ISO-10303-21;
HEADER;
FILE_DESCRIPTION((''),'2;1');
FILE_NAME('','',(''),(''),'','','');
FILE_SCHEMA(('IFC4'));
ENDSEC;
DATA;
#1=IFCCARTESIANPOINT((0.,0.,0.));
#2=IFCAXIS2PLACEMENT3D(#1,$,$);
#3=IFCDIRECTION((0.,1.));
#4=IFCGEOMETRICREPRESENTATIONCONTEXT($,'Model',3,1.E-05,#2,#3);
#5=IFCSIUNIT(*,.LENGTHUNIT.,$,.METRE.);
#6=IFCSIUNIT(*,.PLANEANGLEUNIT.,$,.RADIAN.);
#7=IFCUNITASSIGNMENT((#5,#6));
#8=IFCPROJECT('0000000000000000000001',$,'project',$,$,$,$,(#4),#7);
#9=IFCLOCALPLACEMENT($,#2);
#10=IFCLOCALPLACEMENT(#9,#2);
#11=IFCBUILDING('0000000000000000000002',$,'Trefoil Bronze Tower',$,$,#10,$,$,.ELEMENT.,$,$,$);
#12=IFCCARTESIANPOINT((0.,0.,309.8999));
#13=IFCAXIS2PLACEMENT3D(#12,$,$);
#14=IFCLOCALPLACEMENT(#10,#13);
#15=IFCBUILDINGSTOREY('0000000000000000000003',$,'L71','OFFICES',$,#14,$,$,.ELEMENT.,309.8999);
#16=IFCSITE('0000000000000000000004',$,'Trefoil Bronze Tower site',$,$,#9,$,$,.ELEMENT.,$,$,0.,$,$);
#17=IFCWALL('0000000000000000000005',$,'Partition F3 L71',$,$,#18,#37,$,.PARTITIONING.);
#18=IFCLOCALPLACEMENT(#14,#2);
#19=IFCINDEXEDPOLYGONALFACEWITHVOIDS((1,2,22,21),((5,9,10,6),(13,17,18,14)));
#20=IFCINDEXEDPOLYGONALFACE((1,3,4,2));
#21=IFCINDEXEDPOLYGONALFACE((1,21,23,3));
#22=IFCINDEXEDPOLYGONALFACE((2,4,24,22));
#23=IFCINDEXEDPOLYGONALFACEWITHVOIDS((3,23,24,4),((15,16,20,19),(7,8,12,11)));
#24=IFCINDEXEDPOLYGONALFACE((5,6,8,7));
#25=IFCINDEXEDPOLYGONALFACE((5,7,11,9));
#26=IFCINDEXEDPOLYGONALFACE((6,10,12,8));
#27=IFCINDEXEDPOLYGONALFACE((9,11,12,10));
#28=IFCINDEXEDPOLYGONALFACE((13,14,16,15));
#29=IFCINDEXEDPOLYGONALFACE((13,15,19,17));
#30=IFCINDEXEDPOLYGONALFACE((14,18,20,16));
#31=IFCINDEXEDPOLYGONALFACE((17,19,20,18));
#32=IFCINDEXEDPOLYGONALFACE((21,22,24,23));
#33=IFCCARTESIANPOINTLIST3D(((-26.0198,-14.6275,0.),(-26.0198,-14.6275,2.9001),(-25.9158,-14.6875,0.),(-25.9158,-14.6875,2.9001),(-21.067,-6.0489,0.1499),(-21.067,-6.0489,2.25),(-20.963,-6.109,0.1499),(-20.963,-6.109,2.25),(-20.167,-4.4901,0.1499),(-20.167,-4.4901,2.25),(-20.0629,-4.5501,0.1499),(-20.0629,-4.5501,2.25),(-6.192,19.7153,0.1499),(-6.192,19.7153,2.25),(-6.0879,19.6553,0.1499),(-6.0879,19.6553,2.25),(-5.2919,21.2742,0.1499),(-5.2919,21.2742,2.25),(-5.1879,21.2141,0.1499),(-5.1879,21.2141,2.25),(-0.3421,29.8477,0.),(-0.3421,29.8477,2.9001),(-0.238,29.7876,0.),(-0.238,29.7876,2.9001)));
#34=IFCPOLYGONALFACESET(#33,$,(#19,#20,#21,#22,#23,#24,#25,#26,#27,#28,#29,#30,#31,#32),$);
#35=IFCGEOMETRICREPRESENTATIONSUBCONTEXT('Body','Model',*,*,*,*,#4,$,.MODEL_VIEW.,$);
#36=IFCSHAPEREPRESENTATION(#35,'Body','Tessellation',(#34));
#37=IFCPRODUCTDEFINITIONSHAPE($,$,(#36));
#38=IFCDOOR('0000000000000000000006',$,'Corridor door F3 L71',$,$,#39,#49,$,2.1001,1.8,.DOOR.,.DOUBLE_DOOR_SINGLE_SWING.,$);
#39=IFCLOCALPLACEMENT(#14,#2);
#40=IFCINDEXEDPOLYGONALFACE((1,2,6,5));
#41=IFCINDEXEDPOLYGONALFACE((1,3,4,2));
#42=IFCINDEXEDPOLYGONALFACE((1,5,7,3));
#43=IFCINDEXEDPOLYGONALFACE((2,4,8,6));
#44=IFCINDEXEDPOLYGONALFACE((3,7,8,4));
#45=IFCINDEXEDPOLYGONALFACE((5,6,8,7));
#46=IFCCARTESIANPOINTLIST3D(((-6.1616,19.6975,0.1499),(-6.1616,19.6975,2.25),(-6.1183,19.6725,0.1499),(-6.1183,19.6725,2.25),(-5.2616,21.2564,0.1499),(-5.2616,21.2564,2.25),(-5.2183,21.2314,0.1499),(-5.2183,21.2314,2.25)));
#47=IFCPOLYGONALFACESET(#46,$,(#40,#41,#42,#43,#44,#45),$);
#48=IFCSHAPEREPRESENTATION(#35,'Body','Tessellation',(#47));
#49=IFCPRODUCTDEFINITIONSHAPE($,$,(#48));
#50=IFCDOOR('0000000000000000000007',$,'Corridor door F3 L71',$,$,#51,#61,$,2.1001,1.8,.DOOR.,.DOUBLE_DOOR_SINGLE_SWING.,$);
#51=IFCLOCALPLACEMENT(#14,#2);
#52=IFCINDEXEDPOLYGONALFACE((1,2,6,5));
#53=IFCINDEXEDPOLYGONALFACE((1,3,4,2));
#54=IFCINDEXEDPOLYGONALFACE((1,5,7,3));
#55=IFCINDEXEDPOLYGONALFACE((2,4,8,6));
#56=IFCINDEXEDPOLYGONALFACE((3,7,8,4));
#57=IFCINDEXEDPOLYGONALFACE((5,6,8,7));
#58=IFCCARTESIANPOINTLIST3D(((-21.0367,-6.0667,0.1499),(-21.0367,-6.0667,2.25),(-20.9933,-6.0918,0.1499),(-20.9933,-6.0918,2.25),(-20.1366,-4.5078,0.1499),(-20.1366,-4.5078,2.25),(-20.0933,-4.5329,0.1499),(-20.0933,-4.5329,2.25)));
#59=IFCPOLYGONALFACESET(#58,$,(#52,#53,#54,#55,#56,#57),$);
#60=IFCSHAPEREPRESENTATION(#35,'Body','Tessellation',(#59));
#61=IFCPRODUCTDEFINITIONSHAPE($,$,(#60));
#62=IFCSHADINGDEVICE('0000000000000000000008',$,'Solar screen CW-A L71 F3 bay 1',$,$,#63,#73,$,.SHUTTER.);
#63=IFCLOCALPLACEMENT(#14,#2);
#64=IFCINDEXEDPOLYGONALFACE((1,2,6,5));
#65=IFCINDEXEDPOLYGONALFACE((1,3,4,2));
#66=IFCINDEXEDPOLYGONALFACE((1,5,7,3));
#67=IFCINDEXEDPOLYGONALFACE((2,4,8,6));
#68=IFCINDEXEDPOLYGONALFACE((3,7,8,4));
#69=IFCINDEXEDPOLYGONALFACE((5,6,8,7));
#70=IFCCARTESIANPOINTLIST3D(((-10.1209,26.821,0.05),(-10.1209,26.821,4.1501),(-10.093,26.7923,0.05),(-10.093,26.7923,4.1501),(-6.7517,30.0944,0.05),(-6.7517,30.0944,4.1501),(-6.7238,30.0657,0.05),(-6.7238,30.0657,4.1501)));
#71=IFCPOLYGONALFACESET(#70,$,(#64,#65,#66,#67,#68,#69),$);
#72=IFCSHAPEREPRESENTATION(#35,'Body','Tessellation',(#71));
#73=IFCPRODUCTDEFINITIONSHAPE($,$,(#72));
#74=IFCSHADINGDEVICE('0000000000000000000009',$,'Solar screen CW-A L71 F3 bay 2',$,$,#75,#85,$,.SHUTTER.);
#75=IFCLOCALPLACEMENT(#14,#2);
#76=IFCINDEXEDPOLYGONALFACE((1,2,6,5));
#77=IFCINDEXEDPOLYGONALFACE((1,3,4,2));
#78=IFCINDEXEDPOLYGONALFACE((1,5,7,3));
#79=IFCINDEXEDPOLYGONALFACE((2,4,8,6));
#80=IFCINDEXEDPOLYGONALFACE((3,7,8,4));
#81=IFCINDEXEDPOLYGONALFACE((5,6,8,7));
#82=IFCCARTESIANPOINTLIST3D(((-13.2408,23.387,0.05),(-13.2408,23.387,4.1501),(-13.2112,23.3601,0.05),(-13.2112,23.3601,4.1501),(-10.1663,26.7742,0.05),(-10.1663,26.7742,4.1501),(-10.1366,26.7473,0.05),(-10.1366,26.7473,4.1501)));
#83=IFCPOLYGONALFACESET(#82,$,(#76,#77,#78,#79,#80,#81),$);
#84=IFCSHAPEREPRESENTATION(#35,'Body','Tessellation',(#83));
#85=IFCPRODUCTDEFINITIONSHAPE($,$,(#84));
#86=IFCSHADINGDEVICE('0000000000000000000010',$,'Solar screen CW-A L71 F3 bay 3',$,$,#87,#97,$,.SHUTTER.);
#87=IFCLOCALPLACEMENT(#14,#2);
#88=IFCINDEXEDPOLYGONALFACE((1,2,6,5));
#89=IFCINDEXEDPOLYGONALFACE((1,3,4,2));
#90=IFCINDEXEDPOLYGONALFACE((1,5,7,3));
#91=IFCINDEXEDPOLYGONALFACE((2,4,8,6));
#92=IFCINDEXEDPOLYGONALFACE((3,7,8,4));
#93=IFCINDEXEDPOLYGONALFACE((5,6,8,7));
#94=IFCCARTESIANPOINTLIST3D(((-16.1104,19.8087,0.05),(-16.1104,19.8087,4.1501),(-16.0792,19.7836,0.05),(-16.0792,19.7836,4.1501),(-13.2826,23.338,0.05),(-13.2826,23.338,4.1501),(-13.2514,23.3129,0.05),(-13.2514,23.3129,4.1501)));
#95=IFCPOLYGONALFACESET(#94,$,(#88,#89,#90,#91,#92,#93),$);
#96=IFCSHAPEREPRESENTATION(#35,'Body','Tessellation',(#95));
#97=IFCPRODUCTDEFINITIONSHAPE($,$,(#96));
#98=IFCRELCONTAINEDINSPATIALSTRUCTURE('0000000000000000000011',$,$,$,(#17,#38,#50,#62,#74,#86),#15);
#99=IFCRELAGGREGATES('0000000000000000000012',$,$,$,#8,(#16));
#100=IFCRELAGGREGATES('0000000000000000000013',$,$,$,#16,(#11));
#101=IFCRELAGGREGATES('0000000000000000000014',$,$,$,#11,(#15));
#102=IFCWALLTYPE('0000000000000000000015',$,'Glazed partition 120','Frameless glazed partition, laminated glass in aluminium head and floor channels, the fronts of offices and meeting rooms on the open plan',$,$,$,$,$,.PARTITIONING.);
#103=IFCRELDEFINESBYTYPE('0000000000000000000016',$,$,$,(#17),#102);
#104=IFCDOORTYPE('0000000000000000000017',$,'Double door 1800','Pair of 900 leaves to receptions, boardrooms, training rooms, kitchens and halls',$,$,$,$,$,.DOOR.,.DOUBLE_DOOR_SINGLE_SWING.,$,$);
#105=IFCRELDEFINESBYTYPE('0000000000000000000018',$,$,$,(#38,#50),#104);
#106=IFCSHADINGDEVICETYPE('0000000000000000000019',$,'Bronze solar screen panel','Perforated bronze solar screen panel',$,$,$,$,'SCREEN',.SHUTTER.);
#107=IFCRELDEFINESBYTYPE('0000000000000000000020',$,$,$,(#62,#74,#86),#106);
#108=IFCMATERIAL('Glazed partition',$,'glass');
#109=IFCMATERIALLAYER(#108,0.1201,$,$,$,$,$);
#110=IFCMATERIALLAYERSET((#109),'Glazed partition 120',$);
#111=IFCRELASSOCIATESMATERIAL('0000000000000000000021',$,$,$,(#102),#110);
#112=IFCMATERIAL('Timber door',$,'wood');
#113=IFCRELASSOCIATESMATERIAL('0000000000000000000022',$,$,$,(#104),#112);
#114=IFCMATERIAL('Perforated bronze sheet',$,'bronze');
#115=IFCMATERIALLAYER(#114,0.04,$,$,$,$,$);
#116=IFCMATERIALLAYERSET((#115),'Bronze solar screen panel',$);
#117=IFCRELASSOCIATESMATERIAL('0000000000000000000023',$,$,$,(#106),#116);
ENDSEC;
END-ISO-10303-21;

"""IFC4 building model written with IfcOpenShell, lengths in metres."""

from ifc_helpers import new_model, si_unit, direction, frame, frame_2d, origin, origin_2d, place, context, subcontext, project, spatial, rectangle, extrude, material, layer, layer_set, type_object, element, fill, save


model = new_model("IFC4")

# Units and contexts
model_context = context("Model", 3, precision=1e-05, world=origin(), true_north=direction((0.0, 1.0)))
body_context = subcontext(model_context, "Body", "Model", "MODEL_VIEW")
ifc_project = project(units=[si_unit("LENGTHUNIT", "METRE"), si_unit("PLANEANGLEUNIT", "RADIAN")], contexts=[model_context])

# Site, building, storey
site_placement = place(None, origin())
site = spatial("IfcSite", under=ifc_project, at=site_placement, Name="Trefoil Bronze Tower site", CompositionType="ELEMENT", RefElevation=0.0)
building_placement = place(site_placement, origin())
building = spatial("IfcBuilding", under=site, at=building_placement, Name="Trefoil Bronze Tower", CompositionType="ELEMENT")
storey_placement = place(building_placement, frame((0.0, 0.0, 309.8999)))
storey = spatial("IfcBuildingStorey", under=building, at=storey_placement, Name="L71", Description="OFFICES", CompositionType="ELEMENT", Elevation=309.8999)

# Wall, openings, doors
ifc_material_1 = material(Name="Glazed partition", Category="glass")
ifc_layer_1 = layer(ifc_material_1, 0.1201)
ifc_layer_set_1 = layer_set([ifc_layer_1], Name="Glazed partition 120")
wall_type = type_object("IfcWallType", Name="Glazed partition 120", Description="Frameless glazed partition, laminated glass in aluminium head and floor channels, the fronts of offices and meeting rooms on the open plan", PredefinedType="PARTITIONING", material=ifc_layer_set_1)
wall_placement = place(storey_placement, frame((-0.29, 29.8176, 0.0), z_axis=(0.0, 0.0, 1.0), x_axis=(-0.5, -0.866025, 0.0)))
wall = element("IfcWall", 1, at=wall_placement, inside=storey, type_object=wall_type, Name="Partition F3 L71", PredefinedType="PARTITIONING", context=body_context, shape_type="SweptSolid", body=[
    extrude(rectangle(XDim=51.3555, YDim=0.1201, at=frame_2d((25.6777, 0.0))), origin(), (0.0, 0.0, 1.0), 2.9001),
])
opening_1_placement = place(wall_placement, frame((9.8999, 0.0, 0.1499)))
opening_1 = element("IfcOpeningElement", 2, at=opening_1_placement, cuts=wall, PredefinedType="OPENING", context=body_context, shape_type="SweptSolid", body=[
    extrude(rectangle(XDim=1.8, YDim=2.1001, at=frame_2d((0.8999, 1.05))), frame((0.0, 0.0701, 0.0), z_axis=(0.0, -1.0, 0.0), x_axis=(1.0, 0.0, 0.0)), (0.0, 0.0, 1.0), 0.1401),
])
opening_2_placement = place(wall_placement, frame((39.6499, 0.0, 0.1499)))
opening_2 = element("IfcOpeningElement", 3, at=opening_2_placement, cuts=wall, PredefinedType="OPENING", context=body_context, shape_type="SweptSolid", body=[
    extrude(rectangle(XDim=1.8, YDim=2.1001, at=frame_2d((0.8999, 1.05))), frame((0.0, 0.0701, 0.0), z_axis=(0.0, -1.0, 0.0), x_axis=(1.0, 0.0, 0.0)), (0.0, 0.0, 1.0), 0.1401),
])
ifc_material_2 = material(Name="Timber door", Category="wood")
door_type = type_object("IfcDoorType", Name="Double door 1800", Description="Pair of 900 leaves to receptions, boardrooms, training rooms, kitchens and halls", OperationType="DOUBLE_DOOR_SINGLE_SWING", PredefinedType="DOOR", material=ifc_material_2)
door_1_placement = place(opening_1_placement, frame((1.8, 0.0, 0.0), z_axis=(0.0, 0.0, 1.0), x_axis=(-1.0, 0.0, 0.0)))
door_1 = element("IfcDoor", 4, at=door_1_placement, inside=storey, type_object=door_type, Name="Corridor door F3 L71", OperationType="DOUBLE_DOOR_SINGLE_SWING", OverallHeight=2.1001, OverallWidth=1.8, PredefinedType="DOOR", context=body_context, shape_type="SweptSolid", body=[
    extrude(rectangle(XDim=1.8, YDim=2.1001, at=frame_2d((0.8999, 1.05))), frame((0.0, 0.0249, 0.0), z_axis=(0.0, -1.0, 0.0), x_axis=(1.0, 0.0, 0.0)), (0.0, 0.0, 1.0), 0.05),
])
fill(opening_1, door_1)
door_2_placement = place(opening_2_placement, frame((1.8, 0.0, 0.0), z_axis=(0.0, 0.0, 1.0), x_axis=(-1.0, 0.0, 0.0)))
door_2 = element("IfcDoor", 5, at=door_2_placement, inside=storey, type_object=door_type, Name="Corridor door F3 L71", OperationType="DOUBLE_DOOR_SINGLE_SWING", OverallHeight=2.1001, OverallWidth=1.8, PredefinedType="DOOR", context=body_context, shape_type="SweptSolid", body=[
    extrude(rectangle(XDim=1.8, YDim=2.1001, at=frame_2d((0.8999, 1.05))), frame((0.0, 0.0249, 0.0), z_axis=(0.0, -1.0, 0.0), x_axis=(1.0, 0.0, 0.0)), (0.0, 0.0, 1.0), 0.05),
])
fill(opening_2, door_2)

# Shading devices
ifc_material_3 = material(Name="Perforated bronze sheet", Category="bronze")
ifc_layer_2 = layer(ifc_material_3, 0.04)
ifc_layer_set_2 = layer_set([ifc_layer_2], Name="Bronze solar screen panel")
shading_device_type = type_object("IfcShadingDeviceType", Name="Bronze solar screen panel", Description="Perforated bronze solar screen panel", ElementType="SCREEN", PredefinedType="SHUTTER", material=ifc_layer_set_2)
shading_device_1_placement = place(storey_placement, frame((-8.4224, 28.4434, 0.05), z_axis=(0.0, 0.0, 1.0), x_axis=(-0.717218, -0.696849, 0.0)))
element("IfcShadingDevice", 6, at=shading_device_1_placement, inside=storey, type_object=shading_device_type, Name="Solar screen CW-A L71 F3 bay 1", PredefinedType="SHUTTER", context=body_context, shape_type="SweptSolid", body=[
    extrude(rectangle(XDim=4.6975, YDim=0.04, at=origin_2d()), origin(), (0.0, 0.0, 1.0), 4.1001),
])
shading_device_2_placement = place(storey_placement, frame((-11.6887, 25.0671, 0.05), z_axis=(0.0, 0.0, 1.0), x_axis=(-0.672115, -0.740447, 0.0)))
element("IfcShadingDevice", 7, at=shading_device_2_placement, inside=storey, type_object=shading_device_type, Name="Solar screen CW-A L71 F3 bay 2", PredefinedType="SHUTTER", context=body_context, shape_type="SweptSolid", body=[
    extrude(rectangle(XDim=4.5745, YDim=0.04, at=origin_2d()), origin(), (0.0, 0.0, 1.0), 4.1001),
])
shading_device_3_placement = place(storey_placement, frame((-14.6809, 21.5608, 0.05), z_axis=(0.0, 0.0, 1.0), x_axis=(-0.625287, -0.780395, 0.0)))
element("IfcShadingDevice", 8, at=shading_device_3_placement, inside=storey, type_object=shading_device_type, Name="Solar screen CW-A L71 F3 bay 3", PredefinedType="SHUTTER", context=body_context, shape_type="SweptSolid", body=[
    extrude(rectangle(XDim=4.5225, YDim=0.04, at=origin_2d()), origin(), (0.0, 0.0, 1.0), 4.1001),
])

save(model, "model.ifc")
